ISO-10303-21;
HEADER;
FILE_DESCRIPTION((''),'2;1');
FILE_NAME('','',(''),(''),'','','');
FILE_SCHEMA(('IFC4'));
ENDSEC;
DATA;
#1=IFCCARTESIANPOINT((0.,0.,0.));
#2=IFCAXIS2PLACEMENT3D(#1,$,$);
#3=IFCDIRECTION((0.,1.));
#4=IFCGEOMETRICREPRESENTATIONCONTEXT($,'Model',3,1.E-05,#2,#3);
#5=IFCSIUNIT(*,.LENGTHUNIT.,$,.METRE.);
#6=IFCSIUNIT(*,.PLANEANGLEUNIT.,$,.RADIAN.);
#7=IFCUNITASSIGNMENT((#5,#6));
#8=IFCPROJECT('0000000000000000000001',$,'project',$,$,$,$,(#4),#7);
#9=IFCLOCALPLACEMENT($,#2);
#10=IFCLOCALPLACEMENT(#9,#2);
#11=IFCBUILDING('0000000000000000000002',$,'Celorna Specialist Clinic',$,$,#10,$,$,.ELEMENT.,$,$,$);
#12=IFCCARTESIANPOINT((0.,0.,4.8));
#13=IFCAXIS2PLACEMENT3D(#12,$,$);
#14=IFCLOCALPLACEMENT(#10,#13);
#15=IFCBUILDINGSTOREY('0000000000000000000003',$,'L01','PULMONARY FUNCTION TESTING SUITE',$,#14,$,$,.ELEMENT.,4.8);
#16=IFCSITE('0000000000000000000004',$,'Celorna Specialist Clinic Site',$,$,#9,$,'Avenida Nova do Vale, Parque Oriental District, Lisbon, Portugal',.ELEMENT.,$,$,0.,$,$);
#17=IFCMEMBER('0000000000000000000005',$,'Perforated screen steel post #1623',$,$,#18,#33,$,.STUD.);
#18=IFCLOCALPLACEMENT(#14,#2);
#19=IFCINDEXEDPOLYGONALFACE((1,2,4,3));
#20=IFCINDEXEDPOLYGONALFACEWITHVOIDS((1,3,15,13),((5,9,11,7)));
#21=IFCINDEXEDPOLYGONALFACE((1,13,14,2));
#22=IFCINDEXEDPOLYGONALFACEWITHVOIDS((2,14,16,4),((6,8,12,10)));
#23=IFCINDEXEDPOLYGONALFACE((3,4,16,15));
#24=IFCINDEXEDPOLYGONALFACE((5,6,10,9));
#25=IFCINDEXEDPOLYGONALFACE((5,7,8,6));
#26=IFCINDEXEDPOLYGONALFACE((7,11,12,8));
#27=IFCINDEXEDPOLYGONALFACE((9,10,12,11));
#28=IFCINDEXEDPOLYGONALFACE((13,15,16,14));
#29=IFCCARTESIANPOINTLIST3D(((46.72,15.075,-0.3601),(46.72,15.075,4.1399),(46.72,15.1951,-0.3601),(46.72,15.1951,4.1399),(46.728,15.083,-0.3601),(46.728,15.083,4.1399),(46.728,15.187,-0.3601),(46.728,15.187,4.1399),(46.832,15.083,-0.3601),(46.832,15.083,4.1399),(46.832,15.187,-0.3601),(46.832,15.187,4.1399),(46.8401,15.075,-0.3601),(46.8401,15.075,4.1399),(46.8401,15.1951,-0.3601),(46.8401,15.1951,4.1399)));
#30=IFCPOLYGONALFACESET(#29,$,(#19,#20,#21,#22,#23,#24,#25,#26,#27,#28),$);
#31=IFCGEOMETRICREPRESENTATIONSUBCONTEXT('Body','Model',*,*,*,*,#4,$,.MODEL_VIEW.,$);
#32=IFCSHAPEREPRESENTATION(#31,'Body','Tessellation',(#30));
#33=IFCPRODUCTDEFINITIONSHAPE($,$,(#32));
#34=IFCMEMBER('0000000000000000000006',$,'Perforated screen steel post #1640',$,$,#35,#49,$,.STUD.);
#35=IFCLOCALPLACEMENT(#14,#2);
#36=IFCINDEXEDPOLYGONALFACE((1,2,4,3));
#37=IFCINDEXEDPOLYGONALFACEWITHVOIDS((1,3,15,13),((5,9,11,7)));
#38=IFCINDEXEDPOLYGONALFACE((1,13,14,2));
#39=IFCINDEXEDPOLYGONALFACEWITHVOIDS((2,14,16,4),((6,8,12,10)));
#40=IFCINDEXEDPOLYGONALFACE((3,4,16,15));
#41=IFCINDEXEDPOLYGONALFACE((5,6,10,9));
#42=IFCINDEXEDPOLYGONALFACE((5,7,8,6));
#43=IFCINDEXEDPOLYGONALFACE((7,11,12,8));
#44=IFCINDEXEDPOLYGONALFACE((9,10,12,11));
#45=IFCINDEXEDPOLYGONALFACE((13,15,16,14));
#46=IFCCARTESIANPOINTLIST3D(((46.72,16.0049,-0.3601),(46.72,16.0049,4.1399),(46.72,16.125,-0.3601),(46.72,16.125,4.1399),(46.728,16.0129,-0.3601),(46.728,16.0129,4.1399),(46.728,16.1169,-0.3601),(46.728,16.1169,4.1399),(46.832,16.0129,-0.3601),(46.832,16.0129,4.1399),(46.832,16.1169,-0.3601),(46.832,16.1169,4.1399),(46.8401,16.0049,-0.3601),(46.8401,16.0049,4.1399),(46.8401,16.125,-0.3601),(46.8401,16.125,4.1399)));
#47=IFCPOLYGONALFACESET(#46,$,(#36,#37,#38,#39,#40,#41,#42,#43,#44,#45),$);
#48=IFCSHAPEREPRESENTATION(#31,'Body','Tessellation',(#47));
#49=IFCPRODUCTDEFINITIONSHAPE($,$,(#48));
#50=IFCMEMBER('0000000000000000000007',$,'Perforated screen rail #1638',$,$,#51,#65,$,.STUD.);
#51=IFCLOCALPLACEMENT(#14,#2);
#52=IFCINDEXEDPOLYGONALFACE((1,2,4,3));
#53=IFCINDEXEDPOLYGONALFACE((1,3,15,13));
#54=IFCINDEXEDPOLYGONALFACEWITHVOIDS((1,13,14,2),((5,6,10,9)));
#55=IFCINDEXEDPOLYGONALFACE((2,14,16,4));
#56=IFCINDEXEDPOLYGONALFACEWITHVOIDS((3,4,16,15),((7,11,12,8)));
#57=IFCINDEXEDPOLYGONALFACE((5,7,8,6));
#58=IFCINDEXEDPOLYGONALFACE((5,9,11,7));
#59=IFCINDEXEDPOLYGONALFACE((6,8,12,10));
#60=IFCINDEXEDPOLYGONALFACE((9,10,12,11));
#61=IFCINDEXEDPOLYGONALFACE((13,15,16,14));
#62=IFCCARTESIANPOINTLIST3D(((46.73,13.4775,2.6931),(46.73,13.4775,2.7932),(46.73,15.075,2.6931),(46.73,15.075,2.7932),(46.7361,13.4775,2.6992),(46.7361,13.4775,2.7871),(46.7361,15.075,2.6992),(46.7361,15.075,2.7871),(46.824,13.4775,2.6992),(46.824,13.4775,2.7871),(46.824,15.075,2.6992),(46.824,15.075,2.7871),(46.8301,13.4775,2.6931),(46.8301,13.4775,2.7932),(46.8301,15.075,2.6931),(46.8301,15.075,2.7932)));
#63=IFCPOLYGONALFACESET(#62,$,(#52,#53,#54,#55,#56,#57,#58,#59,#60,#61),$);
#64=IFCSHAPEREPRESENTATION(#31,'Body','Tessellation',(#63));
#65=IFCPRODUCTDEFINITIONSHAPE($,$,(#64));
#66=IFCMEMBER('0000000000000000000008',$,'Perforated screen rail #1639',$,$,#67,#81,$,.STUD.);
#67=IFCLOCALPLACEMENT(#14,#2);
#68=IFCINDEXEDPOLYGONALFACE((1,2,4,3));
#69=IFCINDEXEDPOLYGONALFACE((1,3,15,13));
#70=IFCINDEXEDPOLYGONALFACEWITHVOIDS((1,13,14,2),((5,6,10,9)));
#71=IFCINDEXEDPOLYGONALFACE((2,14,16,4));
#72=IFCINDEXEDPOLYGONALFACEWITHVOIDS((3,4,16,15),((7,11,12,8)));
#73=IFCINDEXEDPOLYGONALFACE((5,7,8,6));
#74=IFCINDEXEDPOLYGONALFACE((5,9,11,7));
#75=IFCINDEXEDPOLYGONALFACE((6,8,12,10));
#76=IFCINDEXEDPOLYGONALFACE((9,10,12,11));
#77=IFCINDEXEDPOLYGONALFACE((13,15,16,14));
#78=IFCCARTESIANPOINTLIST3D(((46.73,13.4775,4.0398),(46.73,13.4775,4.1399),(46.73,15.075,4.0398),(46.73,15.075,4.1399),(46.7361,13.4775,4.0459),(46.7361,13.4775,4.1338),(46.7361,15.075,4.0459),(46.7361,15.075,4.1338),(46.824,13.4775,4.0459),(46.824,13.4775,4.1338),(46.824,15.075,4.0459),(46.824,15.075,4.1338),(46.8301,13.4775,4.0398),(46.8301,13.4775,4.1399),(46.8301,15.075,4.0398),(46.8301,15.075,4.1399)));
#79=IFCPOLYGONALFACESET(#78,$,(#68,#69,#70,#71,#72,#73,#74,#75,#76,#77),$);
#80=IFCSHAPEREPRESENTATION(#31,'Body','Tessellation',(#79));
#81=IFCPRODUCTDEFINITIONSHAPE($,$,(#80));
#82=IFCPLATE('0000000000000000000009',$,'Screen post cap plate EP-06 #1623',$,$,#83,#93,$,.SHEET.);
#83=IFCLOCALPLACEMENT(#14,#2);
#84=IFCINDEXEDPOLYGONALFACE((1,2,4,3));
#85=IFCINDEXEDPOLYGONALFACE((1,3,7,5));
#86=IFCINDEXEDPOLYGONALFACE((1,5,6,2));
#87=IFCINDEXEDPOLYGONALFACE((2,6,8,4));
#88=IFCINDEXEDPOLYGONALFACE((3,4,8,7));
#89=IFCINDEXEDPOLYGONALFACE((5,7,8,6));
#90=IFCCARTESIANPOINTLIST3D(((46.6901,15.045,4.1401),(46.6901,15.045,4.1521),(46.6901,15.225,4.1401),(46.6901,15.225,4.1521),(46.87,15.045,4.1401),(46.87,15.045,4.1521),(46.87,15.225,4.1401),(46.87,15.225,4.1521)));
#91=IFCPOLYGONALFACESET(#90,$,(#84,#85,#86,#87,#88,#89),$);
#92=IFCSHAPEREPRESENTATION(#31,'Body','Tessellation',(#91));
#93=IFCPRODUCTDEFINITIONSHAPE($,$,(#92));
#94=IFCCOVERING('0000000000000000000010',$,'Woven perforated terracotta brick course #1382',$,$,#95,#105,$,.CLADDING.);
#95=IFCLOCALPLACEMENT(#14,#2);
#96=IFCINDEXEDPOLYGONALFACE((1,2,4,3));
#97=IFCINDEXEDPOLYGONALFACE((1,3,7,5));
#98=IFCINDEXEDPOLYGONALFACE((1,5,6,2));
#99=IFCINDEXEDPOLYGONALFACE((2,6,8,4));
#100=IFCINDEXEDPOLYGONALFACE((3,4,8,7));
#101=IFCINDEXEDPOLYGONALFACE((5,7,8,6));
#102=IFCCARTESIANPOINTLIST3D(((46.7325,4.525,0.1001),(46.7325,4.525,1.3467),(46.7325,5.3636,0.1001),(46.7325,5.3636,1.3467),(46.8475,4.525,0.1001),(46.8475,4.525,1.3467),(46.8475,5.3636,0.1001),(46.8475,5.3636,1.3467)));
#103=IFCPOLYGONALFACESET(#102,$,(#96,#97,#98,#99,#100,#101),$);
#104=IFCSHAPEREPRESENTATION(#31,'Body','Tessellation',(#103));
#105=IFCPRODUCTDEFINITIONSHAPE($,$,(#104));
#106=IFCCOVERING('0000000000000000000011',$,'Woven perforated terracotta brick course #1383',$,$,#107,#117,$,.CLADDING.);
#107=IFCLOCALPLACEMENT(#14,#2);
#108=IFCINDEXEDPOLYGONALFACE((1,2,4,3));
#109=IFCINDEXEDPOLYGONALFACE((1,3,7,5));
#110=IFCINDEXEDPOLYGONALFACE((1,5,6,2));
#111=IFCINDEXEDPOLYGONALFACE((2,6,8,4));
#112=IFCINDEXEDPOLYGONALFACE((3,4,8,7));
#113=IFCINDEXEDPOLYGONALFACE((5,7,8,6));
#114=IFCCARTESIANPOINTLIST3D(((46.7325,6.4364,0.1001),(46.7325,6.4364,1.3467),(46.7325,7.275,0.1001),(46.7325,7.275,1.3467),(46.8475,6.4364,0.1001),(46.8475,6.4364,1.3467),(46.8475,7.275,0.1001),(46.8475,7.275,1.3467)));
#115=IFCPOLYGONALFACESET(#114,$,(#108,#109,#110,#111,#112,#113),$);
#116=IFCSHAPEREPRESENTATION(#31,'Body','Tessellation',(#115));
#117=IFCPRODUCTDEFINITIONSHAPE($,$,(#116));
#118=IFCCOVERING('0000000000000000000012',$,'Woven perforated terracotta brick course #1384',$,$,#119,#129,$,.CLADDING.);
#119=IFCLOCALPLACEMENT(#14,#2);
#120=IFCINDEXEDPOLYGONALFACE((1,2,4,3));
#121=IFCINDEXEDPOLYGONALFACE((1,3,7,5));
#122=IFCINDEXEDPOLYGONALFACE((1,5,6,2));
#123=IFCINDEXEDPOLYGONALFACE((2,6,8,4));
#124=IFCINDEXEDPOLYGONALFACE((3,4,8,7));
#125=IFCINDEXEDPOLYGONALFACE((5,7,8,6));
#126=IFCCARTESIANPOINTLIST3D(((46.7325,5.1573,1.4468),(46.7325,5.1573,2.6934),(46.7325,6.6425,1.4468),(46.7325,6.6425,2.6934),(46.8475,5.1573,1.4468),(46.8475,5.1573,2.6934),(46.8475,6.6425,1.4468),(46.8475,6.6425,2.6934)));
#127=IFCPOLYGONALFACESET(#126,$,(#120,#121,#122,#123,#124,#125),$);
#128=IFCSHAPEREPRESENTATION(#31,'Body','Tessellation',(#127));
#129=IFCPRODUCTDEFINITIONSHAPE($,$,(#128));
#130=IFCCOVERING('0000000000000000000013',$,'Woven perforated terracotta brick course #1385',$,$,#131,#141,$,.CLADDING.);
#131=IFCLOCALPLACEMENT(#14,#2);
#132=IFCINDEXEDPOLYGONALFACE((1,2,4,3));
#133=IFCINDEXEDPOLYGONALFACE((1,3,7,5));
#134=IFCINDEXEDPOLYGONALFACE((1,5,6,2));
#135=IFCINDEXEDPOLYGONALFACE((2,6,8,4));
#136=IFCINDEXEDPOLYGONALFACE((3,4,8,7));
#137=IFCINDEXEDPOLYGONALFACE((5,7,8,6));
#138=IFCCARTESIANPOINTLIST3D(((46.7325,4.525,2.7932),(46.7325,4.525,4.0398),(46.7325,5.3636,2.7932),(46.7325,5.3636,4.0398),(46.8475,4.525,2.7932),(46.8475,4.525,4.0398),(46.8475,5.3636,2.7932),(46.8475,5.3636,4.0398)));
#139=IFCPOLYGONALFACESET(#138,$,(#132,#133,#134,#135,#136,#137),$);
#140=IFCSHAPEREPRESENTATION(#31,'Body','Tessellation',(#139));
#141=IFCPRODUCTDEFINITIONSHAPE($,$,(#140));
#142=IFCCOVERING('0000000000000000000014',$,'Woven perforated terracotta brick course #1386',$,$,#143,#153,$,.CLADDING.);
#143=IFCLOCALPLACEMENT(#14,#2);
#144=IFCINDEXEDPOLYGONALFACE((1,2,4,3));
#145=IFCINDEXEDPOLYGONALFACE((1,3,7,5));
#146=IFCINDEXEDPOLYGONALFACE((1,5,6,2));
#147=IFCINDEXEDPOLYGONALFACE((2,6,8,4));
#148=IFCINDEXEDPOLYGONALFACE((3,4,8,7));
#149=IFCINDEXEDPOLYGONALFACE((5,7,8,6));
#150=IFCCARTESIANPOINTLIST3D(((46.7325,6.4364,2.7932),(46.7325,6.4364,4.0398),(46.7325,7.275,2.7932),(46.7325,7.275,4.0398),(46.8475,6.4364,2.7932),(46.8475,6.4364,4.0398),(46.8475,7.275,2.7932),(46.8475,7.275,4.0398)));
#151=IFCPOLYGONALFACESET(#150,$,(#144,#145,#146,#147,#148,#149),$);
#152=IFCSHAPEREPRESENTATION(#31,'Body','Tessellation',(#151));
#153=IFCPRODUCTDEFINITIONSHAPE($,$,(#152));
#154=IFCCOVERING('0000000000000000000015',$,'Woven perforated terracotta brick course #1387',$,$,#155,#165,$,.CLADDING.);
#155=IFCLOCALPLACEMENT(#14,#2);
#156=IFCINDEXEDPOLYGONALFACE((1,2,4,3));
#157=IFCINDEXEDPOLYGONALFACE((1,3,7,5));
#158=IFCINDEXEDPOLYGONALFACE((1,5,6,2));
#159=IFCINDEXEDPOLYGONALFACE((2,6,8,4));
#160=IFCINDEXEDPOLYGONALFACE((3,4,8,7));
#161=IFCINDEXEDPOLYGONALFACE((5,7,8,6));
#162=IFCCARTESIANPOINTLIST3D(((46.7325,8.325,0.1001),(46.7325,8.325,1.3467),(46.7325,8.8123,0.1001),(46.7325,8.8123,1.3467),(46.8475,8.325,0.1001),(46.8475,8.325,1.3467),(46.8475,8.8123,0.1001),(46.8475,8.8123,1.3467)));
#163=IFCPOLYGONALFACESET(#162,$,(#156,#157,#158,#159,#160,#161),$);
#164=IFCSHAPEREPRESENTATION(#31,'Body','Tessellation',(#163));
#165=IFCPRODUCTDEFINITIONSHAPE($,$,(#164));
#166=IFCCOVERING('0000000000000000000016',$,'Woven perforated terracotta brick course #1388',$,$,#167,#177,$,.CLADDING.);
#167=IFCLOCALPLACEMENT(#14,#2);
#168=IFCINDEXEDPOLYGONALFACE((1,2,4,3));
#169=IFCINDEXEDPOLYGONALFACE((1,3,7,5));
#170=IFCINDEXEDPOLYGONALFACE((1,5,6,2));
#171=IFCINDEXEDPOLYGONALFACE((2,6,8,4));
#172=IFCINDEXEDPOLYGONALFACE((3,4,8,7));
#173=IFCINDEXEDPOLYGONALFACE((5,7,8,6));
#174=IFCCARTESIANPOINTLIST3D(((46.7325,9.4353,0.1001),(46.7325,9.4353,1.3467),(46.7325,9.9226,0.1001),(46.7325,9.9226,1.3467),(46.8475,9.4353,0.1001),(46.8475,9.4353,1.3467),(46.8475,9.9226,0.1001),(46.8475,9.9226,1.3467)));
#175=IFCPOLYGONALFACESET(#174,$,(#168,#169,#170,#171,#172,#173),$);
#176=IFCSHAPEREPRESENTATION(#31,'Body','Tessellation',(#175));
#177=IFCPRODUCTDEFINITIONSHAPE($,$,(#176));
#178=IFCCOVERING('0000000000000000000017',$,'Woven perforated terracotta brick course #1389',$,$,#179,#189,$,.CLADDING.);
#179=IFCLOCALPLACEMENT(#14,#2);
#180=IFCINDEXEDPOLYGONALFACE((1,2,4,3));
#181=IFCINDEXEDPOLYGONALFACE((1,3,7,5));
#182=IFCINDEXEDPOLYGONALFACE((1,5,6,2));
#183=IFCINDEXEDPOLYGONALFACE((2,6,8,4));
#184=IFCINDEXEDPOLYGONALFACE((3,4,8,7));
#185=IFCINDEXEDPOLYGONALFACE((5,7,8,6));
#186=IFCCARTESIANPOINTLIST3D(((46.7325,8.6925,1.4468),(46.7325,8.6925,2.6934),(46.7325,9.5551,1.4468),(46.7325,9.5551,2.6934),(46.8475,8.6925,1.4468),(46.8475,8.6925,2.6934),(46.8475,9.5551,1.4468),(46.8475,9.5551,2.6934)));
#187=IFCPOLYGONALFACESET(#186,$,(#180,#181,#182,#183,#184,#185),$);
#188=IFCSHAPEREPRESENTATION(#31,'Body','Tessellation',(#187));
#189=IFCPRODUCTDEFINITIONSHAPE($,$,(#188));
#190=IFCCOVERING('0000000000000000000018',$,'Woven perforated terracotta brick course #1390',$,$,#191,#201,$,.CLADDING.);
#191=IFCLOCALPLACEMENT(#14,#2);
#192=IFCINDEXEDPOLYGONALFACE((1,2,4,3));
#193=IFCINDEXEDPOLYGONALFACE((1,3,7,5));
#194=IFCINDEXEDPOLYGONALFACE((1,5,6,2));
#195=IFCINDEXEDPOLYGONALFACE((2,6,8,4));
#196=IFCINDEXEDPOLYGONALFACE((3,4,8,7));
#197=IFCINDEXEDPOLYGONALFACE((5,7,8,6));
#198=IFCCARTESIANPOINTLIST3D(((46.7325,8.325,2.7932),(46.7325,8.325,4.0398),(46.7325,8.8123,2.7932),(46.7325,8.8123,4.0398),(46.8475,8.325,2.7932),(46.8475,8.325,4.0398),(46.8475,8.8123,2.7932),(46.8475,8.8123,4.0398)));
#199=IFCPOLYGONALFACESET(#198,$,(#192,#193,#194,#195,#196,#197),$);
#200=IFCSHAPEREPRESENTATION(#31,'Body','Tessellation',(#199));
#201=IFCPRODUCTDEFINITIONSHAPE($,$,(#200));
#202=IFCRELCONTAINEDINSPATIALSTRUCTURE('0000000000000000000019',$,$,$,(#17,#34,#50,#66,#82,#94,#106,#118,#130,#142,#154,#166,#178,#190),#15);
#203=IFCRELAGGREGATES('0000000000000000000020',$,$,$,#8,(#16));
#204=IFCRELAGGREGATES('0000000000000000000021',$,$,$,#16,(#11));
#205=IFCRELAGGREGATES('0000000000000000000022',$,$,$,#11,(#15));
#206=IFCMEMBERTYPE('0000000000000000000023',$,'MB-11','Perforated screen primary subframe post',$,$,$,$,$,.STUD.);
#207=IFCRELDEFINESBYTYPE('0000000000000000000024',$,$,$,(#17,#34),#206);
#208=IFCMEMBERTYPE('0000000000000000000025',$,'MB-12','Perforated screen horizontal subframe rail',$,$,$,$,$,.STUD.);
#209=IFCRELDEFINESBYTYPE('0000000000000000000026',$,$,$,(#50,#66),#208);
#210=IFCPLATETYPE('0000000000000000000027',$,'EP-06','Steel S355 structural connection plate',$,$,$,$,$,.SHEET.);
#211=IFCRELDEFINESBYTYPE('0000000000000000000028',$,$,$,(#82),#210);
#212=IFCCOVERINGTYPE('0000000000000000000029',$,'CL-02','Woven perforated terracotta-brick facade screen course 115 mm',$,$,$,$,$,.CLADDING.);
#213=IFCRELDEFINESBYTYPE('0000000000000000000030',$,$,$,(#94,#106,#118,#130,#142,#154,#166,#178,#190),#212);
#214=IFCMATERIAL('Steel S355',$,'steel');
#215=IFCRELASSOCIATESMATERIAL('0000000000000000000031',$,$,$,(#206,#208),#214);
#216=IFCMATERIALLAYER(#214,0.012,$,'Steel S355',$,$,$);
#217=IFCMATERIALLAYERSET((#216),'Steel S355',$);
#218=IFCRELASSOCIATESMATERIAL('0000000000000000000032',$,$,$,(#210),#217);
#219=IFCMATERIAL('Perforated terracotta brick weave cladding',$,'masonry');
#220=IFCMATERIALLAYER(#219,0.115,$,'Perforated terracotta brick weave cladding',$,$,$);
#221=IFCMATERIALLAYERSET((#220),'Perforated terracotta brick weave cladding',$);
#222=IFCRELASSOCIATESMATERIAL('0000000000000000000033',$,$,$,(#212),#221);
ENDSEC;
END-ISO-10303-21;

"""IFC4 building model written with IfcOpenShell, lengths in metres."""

from ifc_helpers import new_model, si_unit, direction, frame, origin, origin_2d, place, context, subcontext, project, spatial, rectangle, hollow_rectangle, extrude, material, layer, layer_set, material_profile, profile_set, type_object, element, save


model = new_model("IFC4")

# Units and contexts
model_context = context("Model", 3, precision=1e-05, world=origin(), true_north=direction((0.0, 1.0)))
body_context = subcontext(model_context, "Body", "Model", "MODEL_VIEW")
ifc_project = project(units=[si_unit("LENGTHUNIT", "METRE"), si_unit("PLANEANGLEUNIT", "RADIAN")], contexts=[model_context])

# Site, building, storey
site_placement = place(None, origin())
site = spatial("IfcSite", under=ifc_project, at=site_placement, Name="Celorna Specialist Clinic Site", LongName="Avenida Nova do Vale, Parque Oriental District, Lisbon, Portugal", CompositionType="ELEMENT", RefElevation=0.0)
building_placement = place(site_placement, origin())
building = spatial("IfcBuilding", under=site, at=building_placement, Name="Celorna Specialist Clinic", CompositionType="ELEMENT")
storey_placement = place(building_placement, frame((0.0, 0.0, 4.8)))
storey = spatial("IfcBuildingStorey", under=building, at=storey_placement, Name="L01", Description="PULMONARY FUNCTION TESTING SUITE", CompositionType="ELEMENT", Elevation=4.8)

# Shared definitions
ifc_material_1 = material(Name="Steel S355", Category="steel")

# Members
ifc_material_profile_1 = material_profile(ifc_material_1, hollow_rectangle(XDim=0.1201, YDim=0.1201, WallThickness=0.0081, at=origin_2d()), Name="SHS 120x120x8")
ifc_profile_set_1 = profile_set([ifc_material_profile_1], Name="Steel S355")
member_type_1 = type_object("IfcMemberType", Name="MB-11", Description="Perforated screen primary subframe post", PredefinedType="STUD", material=ifc_profile_set_1)
for number, where, z_axis, x_axis, name in (
    (1, (46.78, 15.135, -0.3601), (0.0, 0.0, 1.0), (1.0, 0.0, 0.0), "Perforated screen steel post #1623"),
    (2, (46.78, 16.0649, -0.3601), (0.0, 0.0, 1.0), (1.0, 0.0, 0.0), "Perforated screen steel post #1640"),
):
    element("IfcMember", number, at=place(storey_placement, frame(where, z_axis=z_axis, x_axis=x_axis)), inside=storey, type_object=member_type_1, Name=name, PredefinedType="STUD", context=body_context, shape_type="SweptSolid", body=[
        extrude(hollow_rectangle(XDim=0.1201, YDim=0.1201, WallThickness=0.0081, at=origin_2d()), origin(), (0.0, 0.0, 1.0), 4.5),
    ])
ifc_material_profile_2 = material_profile(ifc_material_1, hollow_rectangle(XDim=0.1001, YDim=0.1001, WallThickness=0.0061, at=origin_2d()), Name="SHS 100x100x6")
ifc_profile_set_2 = profile_set([ifc_material_profile_2], Name="Steel S355")
member_type_2 = type_object("IfcMemberType", Name="MB-12", Description="Perforated screen horizontal subframe rail", PredefinedType="STUD", material=ifc_profile_set_2)
for number, where, z_axis, x_axis, name in (
    (3, (46.78, 13.4775, 2.7432), (0.0, 1.0, 0.0), (-1.0, 0.0, 0.0), "Perforated screen rail #1638"),
    (4, (46.78, 13.4775, 4.0898), (0.0, 1.0, 0.0), (-1.0, 0.0, 0.0), "Perforated screen rail #1639"),
):
    element("IfcMember", number, at=place(storey_placement, frame(where, z_axis=z_axis, x_axis=x_axis)), inside=storey, type_object=member_type_2, Name=name, PredefinedType="STUD", context=body_context, shape_type="SweptSolid", body=[
        extrude(hollow_rectangle(XDim=0.1001, YDim=0.1001, WallThickness=0.0061, at=origin_2d()), origin(), (0.0, 0.0, 1.0), 1.5974),
    ])

# Plate
ifc_layer_1 = layer(ifc_material_1, 0.012, Name="Steel S355")
ifc_layer_set_1 = layer_set([ifc_layer_1], Name="Steel S355")
plate_type = type_object("IfcPlateType", Name="EP-06", Description="Steel S355 structural connection plate", PredefinedType="SHEET", material=ifc_layer_set_1)
plate_placement = place(storey_placement, frame((46.78, 15.135, 4.1401), z_axis=(0.0, 0.0, 1.0), x_axis=(0.0, 1.0, 0.0)))
element("IfcPlate", 5, at=plate_placement, inside=storey, type_object=plate_type, Name="Screen post cap plate EP-06 #1623", PredefinedType="SHEET", context=body_context, shape_type="SweptSolid", body=[
    extrude(rectangle(XDim=0.1799, YDim=0.1799, at=origin_2d()), origin(), (0.0, 0.0, 1.0), 0.012),
])

# Coverings
ifc_material_2 = material(Name="Perforated terracotta brick weave cladding", Category="masonry")
ifc_layer_2 = layer(ifc_material_2, 0.115, Name="Perforated terracotta brick weave cladding")
ifc_layer_set_2 = layer_set([ifc_layer_2], Name="Perforated terracotta brick weave cladding")
covering_type = type_object("IfcCoveringType", Name="CL-02", Description="Woven perforated terracotta-brick facade screen course 115 mm", PredefinedType="CLADDING", material=ifc_layer_set_2)
for number, where, z_axis, x_axis, name in (
    (6, (46.79, 4.9443, 0.1001), (0.0, 0.0, 1.0), (0.0, 1.0, 0.0), "Woven perforated terracotta brick course #1382"),
    (7, (46.79, 6.8557, 0.1001), (0.0, 0.0, 1.0), (0.0, 1.0, 0.0), "Woven perforated terracotta brick course #1383"),
):
    element("IfcCovering", number, at=place(storey_placement, frame(where, z_axis=z_axis, x_axis=x_axis)), inside=storey, type_object=covering_type, Name=name, PredefinedType="CLADDING", context=body_context, shape_type="SweptSolid", body=[
        extrude(rectangle(XDim=0.8386, YDim=0.115, at=origin_2d()), origin(), (0.0, 0.0, 1.0), 1.2466),
    ])
covering_1_placement = place(storey_placement, frame((46.79, 5.8999, 1.4468), z_axis=(0.0, 0.0, 1.0), x_axis=(0.0, 1.0, 0.0)))
element("IfcCovering", 8, at=covering_1_placement, inside=storey, type_object=covering_type, Name="Woven perforated terracotta brick course #1384", PredefinedType="CLADDING", context=body_context, shape_type="SweptSolid", body=[
    extrude(rectangle(XDim=1.4851, YDim=0.115, at=origin_2d()), origin(), (0.0, 0.0, 1.0), 1.2466),
])
for number, where, z_axis, x_axis, name in (
    (9, (46.79, 4.9443, 2.7932), (0.0, 0.0, 1.0), (0.0, 1.0, 0.0), "Woven perforated terracotta brick course #1385"),
    (10, (46.79, 6.8557, 2.7932), (0.0, 0.0, 1.0), (0.0, 1.0, 0.0), "Woven perforated terracotta brick course #1386"),
):
    element("IfcCovering", number, at=place(storey_placement, frame(where, z_axis=z_axis, x_axis=x_axis)), inside=storey, type_object=covering_type, Name=name, PredefinedType="CLADDING", context=body_context, shape_type="SweptSolid", body=[
        extrude(rectangle(XDim=0.8386, YDim=0.115, at=origin_2d()), origin(), (0.0, 0.0, 1.0), 1.2466),
    ])
for number, where, z_axis, x_axis, name in (
    (11, (46.79, 8.5686, 0.1001), (0.0, 0.0, 1.0), (0.0, 1.0, 0.0), "Woven perforated terracotta brick course #1387"),
    (12, (46.79, 9.679, 0.1001), (0.0, 0.0, 1.0), (0.0, 1.0, 0.0), "Woven perforated terracotta brick course #1388"),
):
    element("IfcCovering", number, at=place(storey_placement, frame(where, z_axis=z_axis, x_axis=x_axis)), inside=storey, type_object=covering_type, Name=name, PredefinedType="CLADDING", context=body_context, shape_type="SweptSolid", body=[
        extrude(rectangle(XDim=0.4873, YDim=0.115, at=origin_2d()), origin(), (0.0, 0.0, 1.0), 1.2466),
    ])
covering_2_placement = place(storey_placement, frame((46.79, 9.1238, 1.4468), z_axis=(0.0, 0.0, 1.0), x_axis=(0.0, 1.0, 0.0)))
element("IfcCovering", 13, at=covering_2_placement, inside=storey, type_object=covering_type, Name="Woven perforated terracotta brick course #1389", PredefinedType="CLADDING", context=body_context, shape_type="SweptSolid", body=[
    extrude(rectangle(XDim=0.8625, YDim=0.115, at=origin_2d()), origin(), (0.0, 0.0, 1.0), 1.2466),
])
for number, where, z_axis, x_axis, name in (
    (14, (46.79, 8.5686, 2.7932), (0.0, 0.0, 1.0), (0.0, 1.0, 0.0), "Woven perforated terracotta brick course #1390"),
):
    element("IfcCovering", number, at=place(storey_placement, frame(where, z_axis=z_axis, x_axis=x_axis)), inside=storey, type_object=covering_type, Name=name, PredefinedType="CLADDING", context=body_context, shape_type="SweptSolid", body=[
        extrude(rectangle(XDim=0.4873, YDim=0.115, at=origin_2d()), origin(), (0.0, 0.0, 1.0), 1.2466),
    ])

save(model, "model.ifc")
